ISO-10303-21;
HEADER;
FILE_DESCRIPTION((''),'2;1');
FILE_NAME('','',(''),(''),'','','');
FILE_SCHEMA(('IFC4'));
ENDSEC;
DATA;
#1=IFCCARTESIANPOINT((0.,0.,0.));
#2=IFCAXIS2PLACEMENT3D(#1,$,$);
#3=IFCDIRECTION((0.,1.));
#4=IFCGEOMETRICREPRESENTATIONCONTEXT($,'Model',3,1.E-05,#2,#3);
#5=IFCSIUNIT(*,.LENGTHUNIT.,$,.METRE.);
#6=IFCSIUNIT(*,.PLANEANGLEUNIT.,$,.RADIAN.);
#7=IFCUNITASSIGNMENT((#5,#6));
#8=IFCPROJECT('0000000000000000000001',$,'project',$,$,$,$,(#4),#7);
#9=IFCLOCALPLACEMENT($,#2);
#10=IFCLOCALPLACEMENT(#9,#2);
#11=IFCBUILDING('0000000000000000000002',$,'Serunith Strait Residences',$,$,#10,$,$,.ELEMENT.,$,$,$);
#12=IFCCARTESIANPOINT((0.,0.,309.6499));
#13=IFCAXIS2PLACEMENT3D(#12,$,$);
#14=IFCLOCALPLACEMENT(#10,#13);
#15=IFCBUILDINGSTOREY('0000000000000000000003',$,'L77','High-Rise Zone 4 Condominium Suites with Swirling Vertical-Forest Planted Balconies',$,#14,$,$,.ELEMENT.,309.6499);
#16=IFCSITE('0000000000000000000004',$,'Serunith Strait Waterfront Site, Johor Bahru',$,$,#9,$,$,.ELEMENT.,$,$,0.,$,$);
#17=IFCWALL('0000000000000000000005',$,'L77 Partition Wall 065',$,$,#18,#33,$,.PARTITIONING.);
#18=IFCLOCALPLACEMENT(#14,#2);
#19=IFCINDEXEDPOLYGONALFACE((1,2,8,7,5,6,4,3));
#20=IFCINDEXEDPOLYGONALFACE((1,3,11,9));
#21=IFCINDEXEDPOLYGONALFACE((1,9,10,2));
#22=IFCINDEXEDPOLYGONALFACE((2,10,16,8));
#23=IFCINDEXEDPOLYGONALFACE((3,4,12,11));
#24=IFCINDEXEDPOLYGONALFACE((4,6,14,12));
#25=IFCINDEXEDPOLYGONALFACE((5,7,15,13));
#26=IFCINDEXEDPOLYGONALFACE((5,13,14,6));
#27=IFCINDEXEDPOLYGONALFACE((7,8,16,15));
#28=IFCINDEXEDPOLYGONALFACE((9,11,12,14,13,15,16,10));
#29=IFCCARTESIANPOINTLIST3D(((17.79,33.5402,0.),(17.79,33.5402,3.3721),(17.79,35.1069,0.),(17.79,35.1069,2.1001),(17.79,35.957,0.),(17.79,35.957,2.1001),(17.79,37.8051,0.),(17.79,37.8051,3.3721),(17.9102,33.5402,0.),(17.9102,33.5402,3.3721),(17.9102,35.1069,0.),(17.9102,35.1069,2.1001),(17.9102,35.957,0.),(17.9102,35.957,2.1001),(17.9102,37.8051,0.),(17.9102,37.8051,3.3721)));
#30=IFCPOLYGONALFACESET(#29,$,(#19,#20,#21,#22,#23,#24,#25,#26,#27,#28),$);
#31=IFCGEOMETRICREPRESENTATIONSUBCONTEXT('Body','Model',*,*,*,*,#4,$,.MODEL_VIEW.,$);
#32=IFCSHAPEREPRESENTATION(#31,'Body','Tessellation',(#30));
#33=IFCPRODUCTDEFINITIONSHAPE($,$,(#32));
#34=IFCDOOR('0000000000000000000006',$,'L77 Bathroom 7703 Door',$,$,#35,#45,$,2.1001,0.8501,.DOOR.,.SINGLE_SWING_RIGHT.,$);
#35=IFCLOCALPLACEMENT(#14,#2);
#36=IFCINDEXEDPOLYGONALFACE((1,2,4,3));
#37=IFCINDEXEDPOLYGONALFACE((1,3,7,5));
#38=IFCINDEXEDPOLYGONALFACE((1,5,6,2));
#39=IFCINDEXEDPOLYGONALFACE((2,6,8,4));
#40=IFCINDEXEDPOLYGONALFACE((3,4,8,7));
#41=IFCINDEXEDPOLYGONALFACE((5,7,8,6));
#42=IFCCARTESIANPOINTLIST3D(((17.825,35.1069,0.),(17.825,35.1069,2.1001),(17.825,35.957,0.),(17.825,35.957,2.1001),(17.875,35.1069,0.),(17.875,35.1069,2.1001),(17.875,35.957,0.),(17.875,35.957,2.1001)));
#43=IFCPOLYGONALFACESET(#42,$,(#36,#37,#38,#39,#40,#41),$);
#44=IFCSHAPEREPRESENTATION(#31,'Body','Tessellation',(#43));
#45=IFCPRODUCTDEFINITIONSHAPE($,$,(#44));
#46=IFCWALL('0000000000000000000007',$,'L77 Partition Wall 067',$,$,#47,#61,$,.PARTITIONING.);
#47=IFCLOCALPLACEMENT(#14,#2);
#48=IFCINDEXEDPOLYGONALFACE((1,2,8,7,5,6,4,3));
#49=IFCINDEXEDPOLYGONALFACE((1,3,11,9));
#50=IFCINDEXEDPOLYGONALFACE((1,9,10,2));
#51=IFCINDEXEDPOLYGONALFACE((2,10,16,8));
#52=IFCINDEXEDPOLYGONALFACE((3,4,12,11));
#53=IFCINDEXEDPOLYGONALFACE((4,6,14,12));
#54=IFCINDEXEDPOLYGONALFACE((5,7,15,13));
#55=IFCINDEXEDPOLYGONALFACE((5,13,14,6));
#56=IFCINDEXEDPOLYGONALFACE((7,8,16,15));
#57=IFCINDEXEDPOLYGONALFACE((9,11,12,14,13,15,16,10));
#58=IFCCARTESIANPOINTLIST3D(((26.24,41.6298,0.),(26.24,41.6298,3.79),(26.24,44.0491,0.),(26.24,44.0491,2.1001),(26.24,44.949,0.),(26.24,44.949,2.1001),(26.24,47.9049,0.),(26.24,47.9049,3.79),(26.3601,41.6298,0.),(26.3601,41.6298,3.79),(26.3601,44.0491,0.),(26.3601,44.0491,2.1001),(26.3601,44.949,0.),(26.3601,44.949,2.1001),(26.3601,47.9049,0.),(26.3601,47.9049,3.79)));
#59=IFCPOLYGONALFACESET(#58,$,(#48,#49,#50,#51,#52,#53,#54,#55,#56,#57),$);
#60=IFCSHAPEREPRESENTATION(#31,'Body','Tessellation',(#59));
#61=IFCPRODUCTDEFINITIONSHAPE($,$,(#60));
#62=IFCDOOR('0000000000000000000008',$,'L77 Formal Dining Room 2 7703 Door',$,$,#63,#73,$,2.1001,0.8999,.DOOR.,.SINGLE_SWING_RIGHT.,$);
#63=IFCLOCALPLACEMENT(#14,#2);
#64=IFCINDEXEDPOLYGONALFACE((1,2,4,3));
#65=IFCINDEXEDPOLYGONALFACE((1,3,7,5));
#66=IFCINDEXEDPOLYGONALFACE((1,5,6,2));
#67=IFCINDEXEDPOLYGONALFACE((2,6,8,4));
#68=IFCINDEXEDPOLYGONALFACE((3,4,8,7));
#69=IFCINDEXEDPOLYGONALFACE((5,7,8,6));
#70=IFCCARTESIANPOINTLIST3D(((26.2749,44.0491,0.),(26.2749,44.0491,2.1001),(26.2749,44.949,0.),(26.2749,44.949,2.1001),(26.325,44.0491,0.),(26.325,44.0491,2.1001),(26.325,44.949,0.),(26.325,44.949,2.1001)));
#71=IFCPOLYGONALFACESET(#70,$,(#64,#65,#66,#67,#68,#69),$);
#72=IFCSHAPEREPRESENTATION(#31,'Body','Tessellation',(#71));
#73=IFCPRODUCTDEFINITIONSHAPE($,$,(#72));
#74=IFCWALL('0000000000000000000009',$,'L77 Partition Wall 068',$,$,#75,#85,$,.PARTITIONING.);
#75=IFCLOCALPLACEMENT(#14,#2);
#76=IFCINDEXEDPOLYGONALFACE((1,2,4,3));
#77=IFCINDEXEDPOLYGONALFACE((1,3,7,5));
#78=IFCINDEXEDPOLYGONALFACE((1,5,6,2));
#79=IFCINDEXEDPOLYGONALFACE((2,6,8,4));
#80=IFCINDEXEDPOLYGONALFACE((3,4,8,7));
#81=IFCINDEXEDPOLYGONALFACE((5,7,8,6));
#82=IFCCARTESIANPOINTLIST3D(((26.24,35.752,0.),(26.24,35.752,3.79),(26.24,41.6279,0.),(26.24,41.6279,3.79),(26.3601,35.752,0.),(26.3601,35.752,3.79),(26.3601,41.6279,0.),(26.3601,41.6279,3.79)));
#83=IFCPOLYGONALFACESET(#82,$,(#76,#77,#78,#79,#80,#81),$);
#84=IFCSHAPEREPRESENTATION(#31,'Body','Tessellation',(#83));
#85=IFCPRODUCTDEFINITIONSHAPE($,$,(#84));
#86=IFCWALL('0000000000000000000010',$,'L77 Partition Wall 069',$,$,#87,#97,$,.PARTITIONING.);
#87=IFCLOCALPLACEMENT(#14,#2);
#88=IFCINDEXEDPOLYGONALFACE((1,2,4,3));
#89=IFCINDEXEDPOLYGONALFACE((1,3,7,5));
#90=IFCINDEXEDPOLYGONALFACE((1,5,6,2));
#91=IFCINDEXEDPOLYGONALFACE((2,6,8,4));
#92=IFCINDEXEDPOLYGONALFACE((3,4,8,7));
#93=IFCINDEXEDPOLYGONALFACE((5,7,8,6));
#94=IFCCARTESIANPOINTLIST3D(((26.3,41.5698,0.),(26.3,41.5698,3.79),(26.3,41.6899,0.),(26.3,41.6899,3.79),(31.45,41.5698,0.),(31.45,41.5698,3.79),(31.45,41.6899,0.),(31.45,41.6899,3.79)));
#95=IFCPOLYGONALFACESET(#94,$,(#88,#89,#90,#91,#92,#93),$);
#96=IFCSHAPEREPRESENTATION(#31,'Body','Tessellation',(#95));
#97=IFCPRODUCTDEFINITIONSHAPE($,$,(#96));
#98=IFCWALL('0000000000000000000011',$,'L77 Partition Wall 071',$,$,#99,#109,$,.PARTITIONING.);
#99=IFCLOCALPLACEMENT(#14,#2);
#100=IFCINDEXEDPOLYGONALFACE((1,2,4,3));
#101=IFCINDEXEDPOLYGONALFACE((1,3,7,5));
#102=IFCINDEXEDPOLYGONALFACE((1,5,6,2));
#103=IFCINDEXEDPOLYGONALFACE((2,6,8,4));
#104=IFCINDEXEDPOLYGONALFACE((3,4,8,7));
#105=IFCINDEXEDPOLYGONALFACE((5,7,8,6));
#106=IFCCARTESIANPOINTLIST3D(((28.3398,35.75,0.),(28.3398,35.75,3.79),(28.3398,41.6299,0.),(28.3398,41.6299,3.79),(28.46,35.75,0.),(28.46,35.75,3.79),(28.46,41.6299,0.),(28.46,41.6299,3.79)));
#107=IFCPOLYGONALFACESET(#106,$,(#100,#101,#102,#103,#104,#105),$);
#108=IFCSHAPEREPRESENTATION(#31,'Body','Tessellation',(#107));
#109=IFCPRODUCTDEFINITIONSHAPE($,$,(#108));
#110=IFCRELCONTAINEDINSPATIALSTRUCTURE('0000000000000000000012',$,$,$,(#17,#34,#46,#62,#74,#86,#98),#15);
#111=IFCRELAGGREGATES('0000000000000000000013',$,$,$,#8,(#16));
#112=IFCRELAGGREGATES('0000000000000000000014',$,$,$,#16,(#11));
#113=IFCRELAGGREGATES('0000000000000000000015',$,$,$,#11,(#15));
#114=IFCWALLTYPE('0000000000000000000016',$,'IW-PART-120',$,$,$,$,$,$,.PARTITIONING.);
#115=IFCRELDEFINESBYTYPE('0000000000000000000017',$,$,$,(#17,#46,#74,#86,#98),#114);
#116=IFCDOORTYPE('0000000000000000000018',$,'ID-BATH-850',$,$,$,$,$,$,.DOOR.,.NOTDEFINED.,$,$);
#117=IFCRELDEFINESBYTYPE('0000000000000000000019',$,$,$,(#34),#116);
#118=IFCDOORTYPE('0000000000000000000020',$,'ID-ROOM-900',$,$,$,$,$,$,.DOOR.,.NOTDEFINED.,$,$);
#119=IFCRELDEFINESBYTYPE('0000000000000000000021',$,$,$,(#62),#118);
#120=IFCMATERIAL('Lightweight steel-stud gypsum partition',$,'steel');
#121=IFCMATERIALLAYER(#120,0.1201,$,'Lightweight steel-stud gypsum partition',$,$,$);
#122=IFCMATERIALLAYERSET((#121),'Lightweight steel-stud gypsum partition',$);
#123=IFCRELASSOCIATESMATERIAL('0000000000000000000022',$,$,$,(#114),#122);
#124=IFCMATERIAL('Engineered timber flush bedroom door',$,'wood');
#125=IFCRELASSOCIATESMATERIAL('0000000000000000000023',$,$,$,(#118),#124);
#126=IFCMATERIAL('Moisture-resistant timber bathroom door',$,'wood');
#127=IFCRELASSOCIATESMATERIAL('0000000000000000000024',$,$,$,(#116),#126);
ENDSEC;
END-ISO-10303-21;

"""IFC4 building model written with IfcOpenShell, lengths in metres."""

from ifc_helpers import new_model, si_unit, direction, frame, frame_2d, origin, place, context, subcontext, project, spatial, rectangle, extrude, source, transform, mapped, material, layer, layer_set, type_object, element, fill, save


model = new_model("IFC4")

# Units and contexts
model_context = context("Model", 3, precision=1e-05, world=origin(), true_north=direction((0.0, 1.0)))
body_context = subcontext(model_context, "Body", "Model", "MODEL_VIEW")
ifc_project = project(units=[si_unit("LENGTHUNIT", "METRE"), si_unit("PLANEANGLEUNIT", "RADIAN")], contexts=[model_context])

# Site, building, storey
site_placement = place(None, origin())
site = spatial("IfcSite", under=ifc_project, at=site_placement, Name="Serunith Strait Waterfront Site, Johor Bahru", CompositionType="ELEMENT", RefElevation=0.0)
building_placement = place(site_placement, origin())
building = spatial("IfcBuilding", under=site, at=building_placement, Name="Serunith Strait Residences", CompositionType="ELEMENT")
storey_placement = place(building_placement, frame((0.0, 0.0, 309.6499)))
storey = spatial("IfcBuildingStorey", under=building, at=storey_placement, Name="L77", Description="High-Rise Zone 4 Condominium Suites with Swirling Vertical-Forest Planted Balconies", CompositionType="ELEMENT", Elevation=309.6499)

# Shared definitions
ifc_material_1 = material(Name="Lightweight steel-stud gypsum partition", Category="steel")
ifc_layer_1 = layer(ifc_material_1, 0.1201, Name="Lightweight steel-stud gypsum partition")
ifc_layer_set_1 = layer_set([ifc_layer_1], Name="Lightweight steel-stud gypsum partition")
wall_type = type_object("IfcWallType", Name="IW-PART-120", PredefinedType="PARTITIONING", material=ifc_layer_set_1)
shared_shape_1 = source(origin(), body_context, "Body", "SweptSolid", [
    extrude(rectangle(XDim=0.8501, YDim=2.1001, at=frame_2d((0.425, 1.05))), frame((0.0, 0.0249, 0.0), z_axis=(0.0, -1.0, 0.0), x_axis=(1.0, 0.0, 0.0)), (0.0, 0.0, 1.0), 0.05),
])

# Walls, openings, doors
ifc_material_2 = material(Name="Engineered timber flush bedroom door", Category="wood")
door_type_1 = type_object("IfcDoorType", Name="ID-ROOM-900", OperationType="NOTDEFINED", PredefinedType="DOOR", material=ifc_material_2)
shared_shape_2 = source(origin(), body_context, "Body", "SweptSolid", [
    extrude(rectangle(XDim=0.8999, YDim=2.1001, at=frame_2d((0.45, 1.05))), frame((0.0, 0.0249, 0.0), z_axis=(0.0, -1.0, 0.0), x_axis=(1.0, 0.0, 0.0)), (0.0, 0.0, 1.0), 0.05),
])
wall_1_placement = place(storey_placement, frame((17.8501, 37.8049, 0.0), z_axis=(0.0, 0.0, 1.0), x_axis=(0.0, -1.0, 0.0)))
wall_1 = element("IfcWall", 1, at=wall_1_placement, inside=storey, type_object=wall_type, Name="L77 Partition Wall 065", PredefinedType="PARTITIONING", context=body_context, shape_type="SweptSolid", body=[
    extrude(rectangle(XDim=4.2649, YDim=0.1201, at=frame_2d((2.1323, 0.0))), origin(), (0.0, 0.0, 1.0), 3.3721),
])
opening_1_placement = place(wall_1_placement, frame((1.8479, 0.0, 0.0)))
opening_1 = element("IfcOpeningElement", 2, at=opening_1_placement, cuts=wall_1, PredefinedType="OPENING", context=body_context, shape_type="SweptSolid", body=[
    extrude(rectangle(XDim=0.8501, YDim=2.1001, at=frame_2d((0.425, 1.05))), frame((0.0, 0.0701, 0.0), z_axis=(0.0, -1.0, 0.0), x_axis=(1.0, 0.0, 0.0)), (0.0, 0.0, 1.0), 0.1401),
])
ifc_material_3 = material(Name="Moisture-resistant timber bathroom door", Category="wood")
door_type_2 = type_object("IfcDoorType", Name="ID-BATH-850", OperationType="NOTDEFINED", PredefinedType="DOOR", material=ifc_material_3)
door_1_placement = place(opening_1_placement, origin())
door_1 = element("IfcDoor", 3, at=door_1_placement, inside=storey, type_object=door_type_2, Name="L77 Bathroom 7703 Door", OperationType="SINGLE_SWING_RIGHT", OverallHeight=2.1001, OverallWidth=0.8501, PredefinedType="DOOR", context=body_context, shape_type="MappedRepresentation", body=[
    mapped(shared_shape_1, transform((0.0, 0.0, 0.0), scale=1.0)),
])
fill(opening_1, door_1)
wall_2_placement = place(storey_placement, frame((26.3, 47.905, 0.0), z_axis=(0.0, 0.0, 1.0), x_axis=(0.0, -1.0, 0.0)))
wall_2 = element("IfcWall", 4, at=wall_2_placement, inside=storey, type_object=wall_type, Name="L77 Partition Wall 067", PredefinedType="PARTITIONING", context=body_context, shape_type="SweptSolid", body=[
    extrude(rectangle(XDim=6.2751, YDim=0.1201, at=frame_2d((3.1377, 0.0))), origin(), (0.0, 0.0, 1.0), 3.79),
])
opening_2_placement = place(wall_2_placement, frame((2.9561, 0.0, 0.0)))
opening_2 = element("IfcOpeningElement", 5, at=opening_2_placement, cuts=wall_2, PredefinedType="OPENING", context=body_context, shape_type="SweptSolid", body=[
    extrude(rectangle(XDim=0.8999, YDim=2.1001, at=frame_2d((0.45, 1.05))), frame((0.0, 0.0701, 0.0), z_axis=(0.0, -1.0, 0.0), x_axis=(1.0, 0.0, 0.0)), (0.0, 0.0, 1.0), 0.1401),
])
door_2_placement = place(opening_2_placement, origin())
door_2 = element("IfcDoor", 6, at=door_2_placement, inside=storey, type_object=door_type_1, Name="L77 Formal Dining Room 2 7703 Door", OperationType="SINGLE_SWING_RIGHT", OverallHeight=2.1001, OverallWidth=0.8999, PredefinedType="DOOR", context=body_context, shape_type="MappedRepresentation", body=[
    mapped(shared_shape_2, transform((0.0, 0.0, 0.0), scale=1.0)),
])
fill(opening_2, door_2)

# Walls
wall_3_placement = place(storey_placement, frame((26.3, 41.6279, 0.0), z_axis=(0.0, 0.0, 1.0), x_axis=(0.0, -1.0, 0.0)))
element("IfcWall", 7, at=wall_3_placement, inside=storey, type_object=wall_type, Name="L77 Partition Wall 068", PredefinedType="PARTITIONING", context=body_context, shape_type="SweptSolid", body=[
    extrude(rectangle(XDim=5.876, YDim=0.1201, at=frame_2d((2.938, 0.0))), origin(), (0.0, 0.0, 1.0), 3.79),
])
wall_4_placement = place(storey_placement, frame((26.3, 41.6299, 0.0), z_axis=(0.0, 0.0, 1.0), x_axis=(1.0, 0.0, 0.0)))
element("IfcWall", 8, at=wall_4_placement, inside=storey, type_object=wall_type, Name="L77 Partition Wall 069", PredefinedType="PARTITIONING", context=body_context, shape_type="SweptSolid", body=[
    extrude(rectangle(XDim=5.1499, YDim=0.1201, at=frame_2d((2.575, 0.0))), origin(), (0.0, 0.0, 1.0), 3.79),
])
wall_5_placement = place(storey_placement, frame((28.3999, 41.6299, 0.0), z_axis=(0.0, 0.0, 1.0), x_axis=(0.0, -1.0, 0.0)))
element("IfcWall", 9, at=wall_5_placement, inside=storey, type_object=wall_type, Name="L77 Partition Wall 071", PredefinedType="PARTITIONING", context=body_context, shape_type="SweptSolid", body=[
    extrude(rectangle(XDim=5.8799, YDim=0.1201, at=frame_2d((2.9399, 0.0))), origin(), (0.0, 0.0, 1.0), 3.79),
])

save(model, "model.ifc")
